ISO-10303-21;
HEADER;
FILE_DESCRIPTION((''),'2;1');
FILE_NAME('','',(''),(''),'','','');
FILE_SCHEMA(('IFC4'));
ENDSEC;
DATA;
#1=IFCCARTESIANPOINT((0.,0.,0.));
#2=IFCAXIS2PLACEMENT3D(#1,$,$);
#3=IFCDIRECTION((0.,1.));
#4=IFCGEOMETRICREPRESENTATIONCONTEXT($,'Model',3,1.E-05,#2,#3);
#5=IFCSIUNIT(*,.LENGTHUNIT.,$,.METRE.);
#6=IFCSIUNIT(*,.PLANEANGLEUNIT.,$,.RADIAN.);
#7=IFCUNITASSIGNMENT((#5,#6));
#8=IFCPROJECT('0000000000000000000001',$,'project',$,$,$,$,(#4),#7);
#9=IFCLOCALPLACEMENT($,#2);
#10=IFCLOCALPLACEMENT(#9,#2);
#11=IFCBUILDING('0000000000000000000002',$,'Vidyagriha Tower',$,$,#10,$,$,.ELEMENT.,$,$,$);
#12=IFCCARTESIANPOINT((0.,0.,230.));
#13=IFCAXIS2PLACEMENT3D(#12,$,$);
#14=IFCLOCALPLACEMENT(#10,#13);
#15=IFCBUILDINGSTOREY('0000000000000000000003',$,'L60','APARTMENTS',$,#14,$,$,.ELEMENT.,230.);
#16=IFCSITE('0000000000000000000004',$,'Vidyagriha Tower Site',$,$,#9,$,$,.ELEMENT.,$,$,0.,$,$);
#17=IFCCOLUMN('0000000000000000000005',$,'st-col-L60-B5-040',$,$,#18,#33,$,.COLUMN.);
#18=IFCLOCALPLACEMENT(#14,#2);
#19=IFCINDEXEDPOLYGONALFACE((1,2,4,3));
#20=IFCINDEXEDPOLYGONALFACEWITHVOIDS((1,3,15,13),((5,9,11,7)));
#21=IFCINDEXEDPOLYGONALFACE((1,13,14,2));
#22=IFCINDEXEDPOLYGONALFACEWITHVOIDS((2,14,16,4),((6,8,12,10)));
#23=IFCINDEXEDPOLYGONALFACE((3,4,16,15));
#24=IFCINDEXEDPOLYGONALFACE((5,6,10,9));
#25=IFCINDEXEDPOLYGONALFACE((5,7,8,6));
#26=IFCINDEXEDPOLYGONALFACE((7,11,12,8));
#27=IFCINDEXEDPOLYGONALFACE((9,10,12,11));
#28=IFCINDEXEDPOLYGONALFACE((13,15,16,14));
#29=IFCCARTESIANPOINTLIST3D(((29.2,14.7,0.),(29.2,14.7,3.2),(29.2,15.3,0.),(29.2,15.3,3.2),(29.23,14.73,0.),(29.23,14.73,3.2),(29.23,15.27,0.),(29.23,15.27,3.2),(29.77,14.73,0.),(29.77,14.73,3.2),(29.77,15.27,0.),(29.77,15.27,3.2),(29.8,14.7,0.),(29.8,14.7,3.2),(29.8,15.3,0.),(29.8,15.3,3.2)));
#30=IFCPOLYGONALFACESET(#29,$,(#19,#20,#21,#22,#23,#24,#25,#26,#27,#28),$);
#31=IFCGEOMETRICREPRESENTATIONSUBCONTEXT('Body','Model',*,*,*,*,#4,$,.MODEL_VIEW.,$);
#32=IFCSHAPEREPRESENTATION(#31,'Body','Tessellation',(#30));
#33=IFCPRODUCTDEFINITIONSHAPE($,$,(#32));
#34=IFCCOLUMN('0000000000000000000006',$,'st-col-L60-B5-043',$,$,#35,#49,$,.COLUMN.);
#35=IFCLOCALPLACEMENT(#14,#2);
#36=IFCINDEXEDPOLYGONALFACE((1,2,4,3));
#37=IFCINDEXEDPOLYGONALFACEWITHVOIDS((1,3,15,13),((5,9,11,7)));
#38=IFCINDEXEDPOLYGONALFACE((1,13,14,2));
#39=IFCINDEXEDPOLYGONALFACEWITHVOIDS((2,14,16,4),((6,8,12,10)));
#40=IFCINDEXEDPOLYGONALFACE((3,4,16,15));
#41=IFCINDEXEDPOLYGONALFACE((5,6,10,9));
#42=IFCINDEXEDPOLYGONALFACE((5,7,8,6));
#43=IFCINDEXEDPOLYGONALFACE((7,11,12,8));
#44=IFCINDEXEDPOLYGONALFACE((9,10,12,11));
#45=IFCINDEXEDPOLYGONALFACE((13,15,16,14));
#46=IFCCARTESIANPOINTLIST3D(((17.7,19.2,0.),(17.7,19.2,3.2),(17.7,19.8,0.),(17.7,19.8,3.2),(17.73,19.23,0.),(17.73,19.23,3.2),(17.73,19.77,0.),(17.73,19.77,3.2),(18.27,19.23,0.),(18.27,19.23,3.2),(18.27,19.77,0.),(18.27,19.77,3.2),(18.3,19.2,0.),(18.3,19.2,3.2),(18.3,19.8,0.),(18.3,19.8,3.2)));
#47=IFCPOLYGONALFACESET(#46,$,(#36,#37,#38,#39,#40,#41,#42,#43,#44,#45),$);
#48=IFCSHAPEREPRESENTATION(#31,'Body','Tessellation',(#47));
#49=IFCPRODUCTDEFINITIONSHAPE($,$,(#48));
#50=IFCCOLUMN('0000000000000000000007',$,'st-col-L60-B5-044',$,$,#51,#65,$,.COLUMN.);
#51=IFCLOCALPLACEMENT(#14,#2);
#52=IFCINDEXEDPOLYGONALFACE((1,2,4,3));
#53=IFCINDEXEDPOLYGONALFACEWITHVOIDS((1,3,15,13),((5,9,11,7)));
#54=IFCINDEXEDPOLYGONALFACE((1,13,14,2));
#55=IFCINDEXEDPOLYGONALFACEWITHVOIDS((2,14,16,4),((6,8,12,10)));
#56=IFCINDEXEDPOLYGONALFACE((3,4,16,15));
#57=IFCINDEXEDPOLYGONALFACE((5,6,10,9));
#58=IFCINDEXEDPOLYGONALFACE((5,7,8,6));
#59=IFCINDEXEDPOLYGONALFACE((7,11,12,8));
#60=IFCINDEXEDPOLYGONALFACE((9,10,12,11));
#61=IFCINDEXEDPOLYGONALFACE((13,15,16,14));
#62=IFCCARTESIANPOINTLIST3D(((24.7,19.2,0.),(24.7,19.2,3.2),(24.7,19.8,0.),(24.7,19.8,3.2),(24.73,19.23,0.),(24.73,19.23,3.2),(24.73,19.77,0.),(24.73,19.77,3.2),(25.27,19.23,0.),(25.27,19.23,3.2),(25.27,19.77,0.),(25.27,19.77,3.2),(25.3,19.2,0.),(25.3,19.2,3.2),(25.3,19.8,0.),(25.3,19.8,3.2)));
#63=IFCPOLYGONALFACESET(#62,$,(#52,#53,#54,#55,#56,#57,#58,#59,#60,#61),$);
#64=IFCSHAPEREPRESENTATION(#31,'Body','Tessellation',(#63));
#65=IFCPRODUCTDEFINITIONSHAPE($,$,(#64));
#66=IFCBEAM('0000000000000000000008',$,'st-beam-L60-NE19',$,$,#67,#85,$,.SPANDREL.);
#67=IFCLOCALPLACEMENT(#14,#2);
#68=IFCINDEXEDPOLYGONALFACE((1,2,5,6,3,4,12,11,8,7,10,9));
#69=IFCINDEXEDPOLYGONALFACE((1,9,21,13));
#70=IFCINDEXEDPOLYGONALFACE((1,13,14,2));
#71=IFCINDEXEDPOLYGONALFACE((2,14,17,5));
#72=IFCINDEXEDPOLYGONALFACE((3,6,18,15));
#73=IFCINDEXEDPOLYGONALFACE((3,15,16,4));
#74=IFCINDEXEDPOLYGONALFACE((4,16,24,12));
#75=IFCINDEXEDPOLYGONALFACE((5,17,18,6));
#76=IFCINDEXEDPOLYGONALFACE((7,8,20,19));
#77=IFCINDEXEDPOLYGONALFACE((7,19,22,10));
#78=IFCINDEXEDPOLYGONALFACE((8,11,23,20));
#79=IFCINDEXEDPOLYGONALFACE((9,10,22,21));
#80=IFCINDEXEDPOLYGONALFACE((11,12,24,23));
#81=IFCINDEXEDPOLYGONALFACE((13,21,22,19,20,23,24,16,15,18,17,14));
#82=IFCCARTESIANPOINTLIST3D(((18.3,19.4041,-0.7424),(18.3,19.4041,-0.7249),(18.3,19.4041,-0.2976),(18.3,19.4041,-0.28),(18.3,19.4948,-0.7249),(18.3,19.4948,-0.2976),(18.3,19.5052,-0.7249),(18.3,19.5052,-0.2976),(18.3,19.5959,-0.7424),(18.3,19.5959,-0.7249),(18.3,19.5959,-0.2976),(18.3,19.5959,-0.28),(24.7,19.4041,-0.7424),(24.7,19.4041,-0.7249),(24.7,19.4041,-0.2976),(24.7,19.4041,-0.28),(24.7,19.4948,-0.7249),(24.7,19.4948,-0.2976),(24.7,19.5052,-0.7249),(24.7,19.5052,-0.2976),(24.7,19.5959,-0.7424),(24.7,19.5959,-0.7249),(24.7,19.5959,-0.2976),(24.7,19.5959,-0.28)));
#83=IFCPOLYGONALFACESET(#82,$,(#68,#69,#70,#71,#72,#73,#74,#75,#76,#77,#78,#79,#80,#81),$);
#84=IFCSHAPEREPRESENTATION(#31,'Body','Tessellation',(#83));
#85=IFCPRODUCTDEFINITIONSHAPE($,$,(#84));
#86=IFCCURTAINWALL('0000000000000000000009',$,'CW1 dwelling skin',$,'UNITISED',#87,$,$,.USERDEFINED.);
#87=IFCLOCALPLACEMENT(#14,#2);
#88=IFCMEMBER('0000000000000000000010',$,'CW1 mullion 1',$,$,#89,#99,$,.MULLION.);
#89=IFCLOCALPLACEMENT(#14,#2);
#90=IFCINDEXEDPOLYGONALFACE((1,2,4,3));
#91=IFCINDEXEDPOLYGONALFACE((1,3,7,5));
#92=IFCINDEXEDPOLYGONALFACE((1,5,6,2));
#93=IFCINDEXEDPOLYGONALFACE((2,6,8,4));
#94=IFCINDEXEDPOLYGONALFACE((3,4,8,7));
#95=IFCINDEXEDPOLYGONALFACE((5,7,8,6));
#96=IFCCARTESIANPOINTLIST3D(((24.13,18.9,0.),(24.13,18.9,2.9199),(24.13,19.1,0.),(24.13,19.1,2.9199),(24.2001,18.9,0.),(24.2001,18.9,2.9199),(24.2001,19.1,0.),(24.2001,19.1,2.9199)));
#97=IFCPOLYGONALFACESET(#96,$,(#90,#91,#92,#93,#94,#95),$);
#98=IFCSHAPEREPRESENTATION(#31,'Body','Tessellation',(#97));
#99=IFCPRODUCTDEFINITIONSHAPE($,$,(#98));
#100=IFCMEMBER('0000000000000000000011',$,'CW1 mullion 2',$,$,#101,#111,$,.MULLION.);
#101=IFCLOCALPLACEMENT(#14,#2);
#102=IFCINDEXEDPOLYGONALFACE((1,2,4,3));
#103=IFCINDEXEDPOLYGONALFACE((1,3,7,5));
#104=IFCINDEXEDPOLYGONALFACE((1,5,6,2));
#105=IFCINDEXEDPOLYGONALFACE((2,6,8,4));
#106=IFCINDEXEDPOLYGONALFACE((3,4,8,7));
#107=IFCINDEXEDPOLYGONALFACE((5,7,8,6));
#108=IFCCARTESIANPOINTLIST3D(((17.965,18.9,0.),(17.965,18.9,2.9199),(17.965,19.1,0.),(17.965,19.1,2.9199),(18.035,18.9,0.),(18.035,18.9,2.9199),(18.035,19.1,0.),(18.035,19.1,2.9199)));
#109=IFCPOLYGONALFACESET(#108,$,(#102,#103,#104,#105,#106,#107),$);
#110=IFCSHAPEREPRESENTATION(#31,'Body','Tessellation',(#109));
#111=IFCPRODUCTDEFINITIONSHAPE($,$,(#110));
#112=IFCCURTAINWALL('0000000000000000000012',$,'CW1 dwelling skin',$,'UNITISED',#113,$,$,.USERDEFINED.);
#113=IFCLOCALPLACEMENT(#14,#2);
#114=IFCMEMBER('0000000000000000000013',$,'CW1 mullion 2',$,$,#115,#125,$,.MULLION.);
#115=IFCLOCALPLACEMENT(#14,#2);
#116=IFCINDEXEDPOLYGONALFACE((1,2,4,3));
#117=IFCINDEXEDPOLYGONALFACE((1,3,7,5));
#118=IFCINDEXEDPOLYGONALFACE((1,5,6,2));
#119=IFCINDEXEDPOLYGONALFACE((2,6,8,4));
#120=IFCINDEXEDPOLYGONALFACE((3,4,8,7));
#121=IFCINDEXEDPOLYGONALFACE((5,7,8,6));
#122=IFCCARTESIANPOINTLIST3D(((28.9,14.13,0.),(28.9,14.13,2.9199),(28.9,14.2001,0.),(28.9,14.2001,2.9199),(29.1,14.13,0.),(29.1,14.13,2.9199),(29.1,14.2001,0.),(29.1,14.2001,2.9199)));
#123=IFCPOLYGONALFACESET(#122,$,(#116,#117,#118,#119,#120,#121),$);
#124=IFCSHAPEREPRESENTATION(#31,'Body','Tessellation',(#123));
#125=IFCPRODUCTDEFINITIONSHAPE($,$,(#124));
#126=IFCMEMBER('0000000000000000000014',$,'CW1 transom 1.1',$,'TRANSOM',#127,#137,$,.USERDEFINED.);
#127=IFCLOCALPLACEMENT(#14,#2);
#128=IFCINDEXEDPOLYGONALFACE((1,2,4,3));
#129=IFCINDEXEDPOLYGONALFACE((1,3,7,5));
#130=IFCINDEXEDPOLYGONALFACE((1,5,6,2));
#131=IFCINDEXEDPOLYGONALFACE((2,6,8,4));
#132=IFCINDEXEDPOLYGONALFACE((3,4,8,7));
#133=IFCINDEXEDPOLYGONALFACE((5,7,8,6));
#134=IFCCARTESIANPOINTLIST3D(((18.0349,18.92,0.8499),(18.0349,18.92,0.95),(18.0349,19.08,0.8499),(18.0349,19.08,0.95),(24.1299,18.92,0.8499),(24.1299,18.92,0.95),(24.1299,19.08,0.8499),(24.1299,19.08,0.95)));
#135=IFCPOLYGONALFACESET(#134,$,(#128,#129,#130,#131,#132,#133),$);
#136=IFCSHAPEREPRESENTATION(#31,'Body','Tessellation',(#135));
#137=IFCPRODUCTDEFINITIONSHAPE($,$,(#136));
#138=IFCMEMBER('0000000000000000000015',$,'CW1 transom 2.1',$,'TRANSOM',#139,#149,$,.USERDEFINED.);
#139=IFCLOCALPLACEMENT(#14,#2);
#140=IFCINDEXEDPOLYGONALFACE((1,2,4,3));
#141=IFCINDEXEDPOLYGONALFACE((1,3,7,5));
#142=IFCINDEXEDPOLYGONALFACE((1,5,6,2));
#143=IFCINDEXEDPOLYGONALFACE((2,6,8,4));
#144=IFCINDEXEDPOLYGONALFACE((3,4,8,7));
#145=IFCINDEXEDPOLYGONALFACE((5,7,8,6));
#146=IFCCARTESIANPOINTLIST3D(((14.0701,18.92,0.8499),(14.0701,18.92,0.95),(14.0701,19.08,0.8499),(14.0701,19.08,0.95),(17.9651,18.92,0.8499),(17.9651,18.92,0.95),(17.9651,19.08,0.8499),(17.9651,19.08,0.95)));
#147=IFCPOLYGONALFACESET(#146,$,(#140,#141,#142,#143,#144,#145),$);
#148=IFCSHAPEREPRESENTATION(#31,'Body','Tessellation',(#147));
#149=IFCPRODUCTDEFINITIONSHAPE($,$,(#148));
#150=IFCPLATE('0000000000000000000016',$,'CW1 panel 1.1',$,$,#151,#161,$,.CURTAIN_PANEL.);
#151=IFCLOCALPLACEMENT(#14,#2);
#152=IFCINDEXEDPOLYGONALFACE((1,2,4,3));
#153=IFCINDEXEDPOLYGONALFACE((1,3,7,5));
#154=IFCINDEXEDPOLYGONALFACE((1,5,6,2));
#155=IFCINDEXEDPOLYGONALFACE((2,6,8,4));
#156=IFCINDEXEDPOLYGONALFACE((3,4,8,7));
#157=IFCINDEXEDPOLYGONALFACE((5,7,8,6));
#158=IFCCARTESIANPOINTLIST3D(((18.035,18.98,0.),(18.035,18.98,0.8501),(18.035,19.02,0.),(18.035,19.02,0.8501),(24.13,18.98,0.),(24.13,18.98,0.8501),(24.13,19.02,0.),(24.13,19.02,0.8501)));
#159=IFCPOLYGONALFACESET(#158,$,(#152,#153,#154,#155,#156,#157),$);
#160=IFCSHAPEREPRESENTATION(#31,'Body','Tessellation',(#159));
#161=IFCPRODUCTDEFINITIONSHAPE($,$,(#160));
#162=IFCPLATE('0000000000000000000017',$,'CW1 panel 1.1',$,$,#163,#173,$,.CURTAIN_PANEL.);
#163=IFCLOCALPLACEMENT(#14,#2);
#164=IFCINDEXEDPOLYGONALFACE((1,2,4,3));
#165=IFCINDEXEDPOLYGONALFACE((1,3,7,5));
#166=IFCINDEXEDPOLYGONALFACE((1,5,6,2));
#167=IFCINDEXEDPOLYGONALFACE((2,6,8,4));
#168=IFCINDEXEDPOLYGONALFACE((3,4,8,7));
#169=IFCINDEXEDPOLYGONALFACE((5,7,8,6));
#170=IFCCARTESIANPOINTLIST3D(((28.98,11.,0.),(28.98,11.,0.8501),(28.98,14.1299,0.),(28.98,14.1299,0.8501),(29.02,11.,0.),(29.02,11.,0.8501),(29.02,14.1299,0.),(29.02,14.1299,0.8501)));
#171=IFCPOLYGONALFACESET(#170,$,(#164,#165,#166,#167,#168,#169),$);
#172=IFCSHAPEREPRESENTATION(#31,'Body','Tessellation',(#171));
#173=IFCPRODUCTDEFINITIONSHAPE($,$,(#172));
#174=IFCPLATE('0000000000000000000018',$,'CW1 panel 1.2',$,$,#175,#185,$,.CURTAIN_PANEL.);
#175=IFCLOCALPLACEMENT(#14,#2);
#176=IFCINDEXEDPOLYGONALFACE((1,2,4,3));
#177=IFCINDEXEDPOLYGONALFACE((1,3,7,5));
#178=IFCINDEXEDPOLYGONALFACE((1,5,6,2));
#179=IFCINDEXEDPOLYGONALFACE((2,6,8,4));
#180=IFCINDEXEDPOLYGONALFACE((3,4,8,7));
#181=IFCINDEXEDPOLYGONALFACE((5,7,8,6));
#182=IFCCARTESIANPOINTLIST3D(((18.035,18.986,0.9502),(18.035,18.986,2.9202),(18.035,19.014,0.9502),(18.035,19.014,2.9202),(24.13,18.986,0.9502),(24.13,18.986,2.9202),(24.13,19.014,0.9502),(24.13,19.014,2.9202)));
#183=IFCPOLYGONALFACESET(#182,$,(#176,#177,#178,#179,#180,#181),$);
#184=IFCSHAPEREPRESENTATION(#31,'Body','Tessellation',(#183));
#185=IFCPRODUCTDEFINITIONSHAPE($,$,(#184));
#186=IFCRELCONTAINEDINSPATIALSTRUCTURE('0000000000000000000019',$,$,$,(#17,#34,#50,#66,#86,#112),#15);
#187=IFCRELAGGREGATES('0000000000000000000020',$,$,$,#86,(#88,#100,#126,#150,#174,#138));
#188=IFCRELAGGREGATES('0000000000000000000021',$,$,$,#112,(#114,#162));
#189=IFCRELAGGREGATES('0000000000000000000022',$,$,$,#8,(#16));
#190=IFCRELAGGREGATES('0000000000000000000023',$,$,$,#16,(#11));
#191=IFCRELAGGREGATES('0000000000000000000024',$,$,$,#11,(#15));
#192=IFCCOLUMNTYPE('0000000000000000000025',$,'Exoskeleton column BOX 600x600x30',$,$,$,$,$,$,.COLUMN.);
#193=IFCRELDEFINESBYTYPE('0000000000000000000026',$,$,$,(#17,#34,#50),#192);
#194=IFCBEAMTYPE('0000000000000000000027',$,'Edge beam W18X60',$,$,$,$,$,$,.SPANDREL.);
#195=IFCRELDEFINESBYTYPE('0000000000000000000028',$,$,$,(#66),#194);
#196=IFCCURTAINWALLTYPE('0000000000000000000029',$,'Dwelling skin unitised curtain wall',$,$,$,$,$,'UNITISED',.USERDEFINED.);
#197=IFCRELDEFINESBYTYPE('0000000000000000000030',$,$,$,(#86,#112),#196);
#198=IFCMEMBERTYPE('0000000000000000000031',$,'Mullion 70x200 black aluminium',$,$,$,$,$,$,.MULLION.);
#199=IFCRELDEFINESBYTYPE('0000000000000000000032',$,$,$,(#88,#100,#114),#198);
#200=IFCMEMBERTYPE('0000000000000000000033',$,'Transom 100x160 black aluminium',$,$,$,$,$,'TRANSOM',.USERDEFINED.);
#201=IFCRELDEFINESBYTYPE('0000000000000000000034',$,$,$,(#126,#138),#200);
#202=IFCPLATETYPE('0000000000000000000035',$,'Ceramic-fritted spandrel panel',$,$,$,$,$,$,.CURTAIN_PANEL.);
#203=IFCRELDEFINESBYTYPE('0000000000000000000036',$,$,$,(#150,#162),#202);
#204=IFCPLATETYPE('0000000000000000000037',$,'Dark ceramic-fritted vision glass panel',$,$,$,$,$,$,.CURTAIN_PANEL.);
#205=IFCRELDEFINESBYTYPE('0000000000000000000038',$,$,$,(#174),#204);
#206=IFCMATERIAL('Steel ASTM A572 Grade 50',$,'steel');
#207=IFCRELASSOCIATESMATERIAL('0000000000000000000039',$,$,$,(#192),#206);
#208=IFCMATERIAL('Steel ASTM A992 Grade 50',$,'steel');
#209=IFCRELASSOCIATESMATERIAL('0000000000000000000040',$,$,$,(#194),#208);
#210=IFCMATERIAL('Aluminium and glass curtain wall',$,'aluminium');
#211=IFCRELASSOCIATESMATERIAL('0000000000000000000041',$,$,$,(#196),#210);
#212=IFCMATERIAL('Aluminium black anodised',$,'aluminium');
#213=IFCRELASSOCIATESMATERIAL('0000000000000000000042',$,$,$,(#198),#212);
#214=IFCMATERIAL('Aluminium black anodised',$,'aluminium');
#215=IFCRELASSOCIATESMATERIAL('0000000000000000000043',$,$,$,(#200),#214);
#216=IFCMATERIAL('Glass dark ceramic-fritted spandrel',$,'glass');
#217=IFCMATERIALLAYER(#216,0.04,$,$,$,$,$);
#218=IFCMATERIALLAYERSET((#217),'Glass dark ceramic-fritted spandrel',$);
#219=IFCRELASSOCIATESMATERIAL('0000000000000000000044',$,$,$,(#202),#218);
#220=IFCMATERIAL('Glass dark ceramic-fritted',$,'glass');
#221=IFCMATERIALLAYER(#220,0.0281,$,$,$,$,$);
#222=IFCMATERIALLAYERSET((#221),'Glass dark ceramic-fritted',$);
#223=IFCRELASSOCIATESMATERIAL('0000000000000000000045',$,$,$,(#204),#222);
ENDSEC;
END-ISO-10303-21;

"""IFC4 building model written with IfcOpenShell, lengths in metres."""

from ifc_helpers import new_model, si_unit, direction, frame, origin, origin_2d, place, context, subcontext, project, spatial, rectangle, hollow_rectangle, i_section, extrude, material, layer, layer_set, material_profile, profile_set, type_object, element, aggregate, save


model = new_model("IFC4")

# Units and contexts
model_context = context("Model", 3, precision=1e-05, world=origin(), true_north=direction((0.0, 1.0)))
body_context = subcontext(model_context, "Body", "Model", "MODEL_VIEW")
ifc_project = project(units=[si_unit("LENGTHUNIT", "METRE"), si_unit("PLANEANGLEUNIT", "RADIAN")], contexts=[model_context])

# Site, building, storey
site_placement = place(None, origin())
site = spatial("IfcSite", under=ifc_project, at=site_placement, Name="Vidyagriha Tower Site", CompositionType="ELEMENT", RefElevation=0.0)
building_placement = place(site_placement, origin())
building = spatial("IfcBuilding", under=site, at=building_placement, Name="Vidyagriha Tower", CompositionType="ELEMENT")
storey_placement = place(building_placement, frame((0.0, 0.0, 230.0)))
storey = spatial("IfcBuildingStorey", under=building, at=storey_placement, Name="L60", Description="APARTMENTS", CompositionType="ELEMENT", Elevation=230.0)

# Columns
ifc_material_1 = material(Name="Steel ASTM A572 Grade 50", Category="steel")
ifc_material_profile_1 = material_profile(ifc_material_1, hollow_rectangle(XDim=0.6001, YDim=0.6001, WallThickness=0.03, at=origin_2d()), Name="BOX 600x600x30")
ifc_profile_set_1 = profile_set([ifc_material_profile_1], Name="Steel ASTM A572 Grade 50")
column_type = type_object("IfcColumnType", Name="Exoskeleton column BOX 600x600x30", PredefinedType="COLUMN", material=ifc_profile_set_1)
for number, where, name in (
    (1, (29.5, 15.0, 0.0), "st-col-L60-B5-040"),
    (2, (18.0, 19.5, 0.0), "st-col-L60-B5-043"),
    (3, (25.0, 19.5, 0.0), "st-col-L60-B5-044"),
):
    element("IfcColumn", number, at=place(storey_placement, frame(where)), inside=storey, type_object=column_type, Name=name, PredefinedType="COLUMN", context=body_context, shape_type="SweptSolid", body=[
        extrude(hollow_rectangle(XDim=0.6001, YDim=0.6001, WallThickness=0.03, at=origin_2d()), origin(), (0.0, 0.0, 1.0), 3.2),
    ])

# Beam
ifc_material_2 = material(Name="Steel ASTM A992 Grade 50", Category="steel")
ifc_material_profile_2 = material_profile(ifc_material_2, i_section(OverallWidth=0.1919, OverallDepth=0.4624, WebThickness=0.0105, FlangeThickness=0.0176, at=origin_2d()), Name="W18X60")
ifc_profile_set_2 = profile_set([ifc_material_profile_2], Name="Steel ASTM A992 Grade 50")
beam_type = type_object("IfcBeamType", Name="Edge beam W18X60", PredefinedType="SPANDREL", material=ifc_profile_set_2)
beam_placement = place(storey_placement, frame((18.3, 19.5, -0.5112), z_axis=(1.0, 0.0, 0.0), x_axis=(0.0, 1.0, 0.0)))
element("IfcBeam", 4, at=beam_placement, inside=storey, type_object=beam_type, Name="st-beam-L60-NE19", PredefinedType="SPANDREL", context=body_context, shape_type="SweptSolid", body=[
    extrude(i_section(OverallWidth=0.1919, OverallDepth=0.4624, WebThickness=0.0105, FlangeThickness=0.0176, at=origin_2d()), origin(), (0.0, 0.0, 1.0), 6.3999),
])

# Curtain wall, members
ifc_material_3 = material(Name="Aluminium and glass curtain wall", Category="aluminium")
curtain_wall_type = type_object("IfcCurtainWallType", Name="Dwelling skin unitised curtain wall", ElementType="UNITISED", PredefinedType="USERDEFINED", material=ifc_material_3)
curtain_wall_1_placement = place(storey_placement, origin())
curtain_wall_1 = element("IfcCurtainWall", 5, at=curtain_wall_1_placement, inside=storey, type_object=curtain_wall_type, Name="CW1 dwelling skin", ObjectType="UNITISED", PredefinedType="USERDEFINED")
ifc_material_4 = material(Name="Aluminium black anodised", Category="aluminium")
ifc_material_profile_3 = material_profile(ifc_material_4, rectangle(XDim=0.2, YDim=0.0701, at=origin_2d()), Name="Mullion 70x200 black aluminium")
ifc_profile_set_3 = profile_set([ifc_material_profile_3], Name="Aluminium black anodised")
member_type_1 = type_object("IfcMemberType", Name="Mullion 70x200 black aluminium", PredefinedType="MULLION", material=ifc_profile_set_3)
member_1_placement = place(storey_placement, frame((24.165, 19.0, 0.0), z_axis=(0.0, 0.0, 1.0), x_axis=(0.0, -1.0, 0.0)))
member_1 = element("IfcMember", 6, at=member_1_placement, type_object=member_type_1, Name="CW1 mullion 1", PredefinedType="MULLION", context=body_context, shape_type="SweptSolid", body=[
    extrude(rectangle(XDim=0.2, YDim=0.0701, at=origin_2d()), origin(), (0.0, 0.0, 1.0), 2.9199),
])
member_2_placement = place(storey_placement, frame((18.0, 19.0, 0.0), z_axis=(0.0, 0.0, 1.0), x_axis=(0.0, -1.0, 0.0)))
member_2 = element("IfcMember", 7, at=member_2_placement, type_object=member_type_1, Name="CW1 mullion 2", PredefinedType="MULLION", context=body_context, shape_type="SweptSolid", body=[
    extrude(rectangle(XDim=0.2, YDim=0.0701, at=origin_2d()), origin(), (0.0, 0.0, 1.0), 2.9199),
])

# Curtain wall, member
curtain_wall_2_placement = place(storey_placement, origin())
curtain_wall_2 = element("IfcCurtainWall", 8, at=curtain_wall_2_placement, inside=storey, type_object=curtain_wall_type, Name="CW1 dwelling skin", ObjectType="UNITISED", PredefinedType="USERDEFINED")
member_3_placement = place(storey_placement, frame((29.0, 14.165, 0.0), z_axis=(0.0, 0.0, 1.0), x_axis=(-1.0, 0.0, 0.0)))
member_3 = element("IfcMember", 9, at=member_3_placement, type_object=member_type_1, Name="CW1 mullion 2", PredefinedType="MULLION", context=body_context, shape_type="SweptSolid", body=[
    extrude(rectangle(XDim=0.2, YDim=0.0701, at=origin_2d()), origin(), (0.0, 0.0, 1.0), 2.9199),
])

# Members
ifc_material_5 = material(Name="Aluminium black anodised", Category="aluminium")
ifc_material_profile_4 = material_profile(ifc_material_5, rectangle(XDim=0.1599, YDim=0.1001, at=origin_2d()), Name="Transom 100x160 black aluminium")
ifc_profile_set_4 = profile_set([ifc_material_profile_4], Name="Aluminium black anodised")
member_type_2 = type_object("IfcMemberType", Name="Transom 100x160 black aluminium", ElementType="TRANSOM", PredefinedType="USERDEFINED", material=ifc_profile_set_4)
member_4_placement = place(storey_placement, frame((24.1299, 19.0, 0.8999), z_axis=(-1.0, 0.0, 0.0), x_axis=(0.0, -1.0, 0.0)))
member_4 = element("IfcMember", 10, at=member_4_placement, type_object=member_type_2, Name="CW1 transom 1.1", ObjectType="TRANSOM", PredefinedType="USERDEFINED", context=body_context, shape_type="SweptSolid", body=[
    extrude(rectangle(XDim=0.1599, YDim=0.1001, at=origin_2d()), origin(), (0.0, 0.0, 1.0), 6.095),
])
member_5_placement = place(storey_placement, frame((17.9651, 19.0, 0.8999), z_axis=(-1.0, 0.0, 0.0), x_axis=(0.0, -1.0, 0.0)))
member_5 = element("IfcMember", 11, at=member_5_placement, type_object=member_type_2, Name="CW1 transom 2.1", ObjectType="TRANSOM", PredefinedType="USERDEFINED", context=body_context, shape_type="SweptSolid", body=[
    extrude(rectangle(XDim=0.1599, YDim=0.1001, at=origin_2d()), origin(), (0.0, 0.0, 1.0), 3.895),
])

# Plates
ifc_material_6 = material(Name="Glass dark ceramic-fritted spandrel", Category="glass")
ifc_layer_1 = layer(ifc_material_6, 0.04)
ifc_layer_set_1 = layer_set([ifc_layer_1], Name="Glass dark ceramic-fritted spandrel")
plate_type_1 = type_object("IfcPlateType", Name="Ceramic-fritted spandrel panel", PredefinedType="CURTAIN_PANEL", material=ifc_layer_set_1)
plate_1_placement = place(storey_placement, frame((21.0825, 19.0, 0.0), z_axis=(0.0, 0.0, 1.0), x_axis=(-1.0, 0.0, 0.0)))
plate_1 = element("IfcPlate", 12, at=plate_1_placement, type_object=plate_type_1, Name="CW1 panel 1.1", PredefinedType="CURTAIN_PANEL", context=body_context, shape_type="SweptSolid", body=[
    extrude(rectangle(XDim=6.095, YDim=0.04, at=origin_2d()), origin(), (0.0, 0.0, 1.0), 0.8501),
])
plate_2_placement = place(storey_placement, frame((29.0, 12.5649, 0.0), z_axis=(0.0, 0.0, 1.0), x_axis=(0.0, 1.0, 0.0)))
plate_2 = element("IfcPlate", 13, at=plate_2_placement, type_object=plate_type_1, Name="CW1 panel 1.1", PredefinedType="CURTAIN_PANEL", context=body_context, shape_type="SweptSolid", body=[
    extrude(rectangle(XDim=3.1299, YDim=0.04, at=origin_2d()), origin(), (0.0, 0.0, 1.0), 0.8501),
])
ifc_material_7 = material(Name="Glass dark ceramic-fritted", Category="glass")
ifc_layer_2 = layer(ifc_material_7, 0.0281)
ifc_layer_set_2 = layer_set([ifc_layer_2], Name="Glass dark ceramic-fritted")
plate_type_2 = type_object("IfcPlateType", Name="Dark ceramic-fritted vision glass panel", PredefinedType="CURTAIN_PANEL", material=ifc_layer_set_2)
plate_3_placement = place(storey_placement, frame((21.0825, 19.0, 0.9502), z_axis=(0.0, 0.0, 1.0), x_axis=(-1.0, 0.0, 0.0)))
plate_3 = element("IfcPlate", 14, at=plate_3_placement, type_object=plate_type_2, Name="CW1 panel 1.2", PredefinedType="CURTAIN_PANEL", context=body_context, shape_type="SweptSolid", body=[
    extrude(rectangle(XDim=6.095, YDim=0.0281, at=origin_2d()), origin(), (0.0, 0.0, 1.0), 1.97),
])
aggregate(curtain_wall_1, [member_1, member_2, member_4, plate_1, plate_3, member_5])
aggregate(curtain_wall_2, [member_3, plate_2])

save(model, "model.ifc")
